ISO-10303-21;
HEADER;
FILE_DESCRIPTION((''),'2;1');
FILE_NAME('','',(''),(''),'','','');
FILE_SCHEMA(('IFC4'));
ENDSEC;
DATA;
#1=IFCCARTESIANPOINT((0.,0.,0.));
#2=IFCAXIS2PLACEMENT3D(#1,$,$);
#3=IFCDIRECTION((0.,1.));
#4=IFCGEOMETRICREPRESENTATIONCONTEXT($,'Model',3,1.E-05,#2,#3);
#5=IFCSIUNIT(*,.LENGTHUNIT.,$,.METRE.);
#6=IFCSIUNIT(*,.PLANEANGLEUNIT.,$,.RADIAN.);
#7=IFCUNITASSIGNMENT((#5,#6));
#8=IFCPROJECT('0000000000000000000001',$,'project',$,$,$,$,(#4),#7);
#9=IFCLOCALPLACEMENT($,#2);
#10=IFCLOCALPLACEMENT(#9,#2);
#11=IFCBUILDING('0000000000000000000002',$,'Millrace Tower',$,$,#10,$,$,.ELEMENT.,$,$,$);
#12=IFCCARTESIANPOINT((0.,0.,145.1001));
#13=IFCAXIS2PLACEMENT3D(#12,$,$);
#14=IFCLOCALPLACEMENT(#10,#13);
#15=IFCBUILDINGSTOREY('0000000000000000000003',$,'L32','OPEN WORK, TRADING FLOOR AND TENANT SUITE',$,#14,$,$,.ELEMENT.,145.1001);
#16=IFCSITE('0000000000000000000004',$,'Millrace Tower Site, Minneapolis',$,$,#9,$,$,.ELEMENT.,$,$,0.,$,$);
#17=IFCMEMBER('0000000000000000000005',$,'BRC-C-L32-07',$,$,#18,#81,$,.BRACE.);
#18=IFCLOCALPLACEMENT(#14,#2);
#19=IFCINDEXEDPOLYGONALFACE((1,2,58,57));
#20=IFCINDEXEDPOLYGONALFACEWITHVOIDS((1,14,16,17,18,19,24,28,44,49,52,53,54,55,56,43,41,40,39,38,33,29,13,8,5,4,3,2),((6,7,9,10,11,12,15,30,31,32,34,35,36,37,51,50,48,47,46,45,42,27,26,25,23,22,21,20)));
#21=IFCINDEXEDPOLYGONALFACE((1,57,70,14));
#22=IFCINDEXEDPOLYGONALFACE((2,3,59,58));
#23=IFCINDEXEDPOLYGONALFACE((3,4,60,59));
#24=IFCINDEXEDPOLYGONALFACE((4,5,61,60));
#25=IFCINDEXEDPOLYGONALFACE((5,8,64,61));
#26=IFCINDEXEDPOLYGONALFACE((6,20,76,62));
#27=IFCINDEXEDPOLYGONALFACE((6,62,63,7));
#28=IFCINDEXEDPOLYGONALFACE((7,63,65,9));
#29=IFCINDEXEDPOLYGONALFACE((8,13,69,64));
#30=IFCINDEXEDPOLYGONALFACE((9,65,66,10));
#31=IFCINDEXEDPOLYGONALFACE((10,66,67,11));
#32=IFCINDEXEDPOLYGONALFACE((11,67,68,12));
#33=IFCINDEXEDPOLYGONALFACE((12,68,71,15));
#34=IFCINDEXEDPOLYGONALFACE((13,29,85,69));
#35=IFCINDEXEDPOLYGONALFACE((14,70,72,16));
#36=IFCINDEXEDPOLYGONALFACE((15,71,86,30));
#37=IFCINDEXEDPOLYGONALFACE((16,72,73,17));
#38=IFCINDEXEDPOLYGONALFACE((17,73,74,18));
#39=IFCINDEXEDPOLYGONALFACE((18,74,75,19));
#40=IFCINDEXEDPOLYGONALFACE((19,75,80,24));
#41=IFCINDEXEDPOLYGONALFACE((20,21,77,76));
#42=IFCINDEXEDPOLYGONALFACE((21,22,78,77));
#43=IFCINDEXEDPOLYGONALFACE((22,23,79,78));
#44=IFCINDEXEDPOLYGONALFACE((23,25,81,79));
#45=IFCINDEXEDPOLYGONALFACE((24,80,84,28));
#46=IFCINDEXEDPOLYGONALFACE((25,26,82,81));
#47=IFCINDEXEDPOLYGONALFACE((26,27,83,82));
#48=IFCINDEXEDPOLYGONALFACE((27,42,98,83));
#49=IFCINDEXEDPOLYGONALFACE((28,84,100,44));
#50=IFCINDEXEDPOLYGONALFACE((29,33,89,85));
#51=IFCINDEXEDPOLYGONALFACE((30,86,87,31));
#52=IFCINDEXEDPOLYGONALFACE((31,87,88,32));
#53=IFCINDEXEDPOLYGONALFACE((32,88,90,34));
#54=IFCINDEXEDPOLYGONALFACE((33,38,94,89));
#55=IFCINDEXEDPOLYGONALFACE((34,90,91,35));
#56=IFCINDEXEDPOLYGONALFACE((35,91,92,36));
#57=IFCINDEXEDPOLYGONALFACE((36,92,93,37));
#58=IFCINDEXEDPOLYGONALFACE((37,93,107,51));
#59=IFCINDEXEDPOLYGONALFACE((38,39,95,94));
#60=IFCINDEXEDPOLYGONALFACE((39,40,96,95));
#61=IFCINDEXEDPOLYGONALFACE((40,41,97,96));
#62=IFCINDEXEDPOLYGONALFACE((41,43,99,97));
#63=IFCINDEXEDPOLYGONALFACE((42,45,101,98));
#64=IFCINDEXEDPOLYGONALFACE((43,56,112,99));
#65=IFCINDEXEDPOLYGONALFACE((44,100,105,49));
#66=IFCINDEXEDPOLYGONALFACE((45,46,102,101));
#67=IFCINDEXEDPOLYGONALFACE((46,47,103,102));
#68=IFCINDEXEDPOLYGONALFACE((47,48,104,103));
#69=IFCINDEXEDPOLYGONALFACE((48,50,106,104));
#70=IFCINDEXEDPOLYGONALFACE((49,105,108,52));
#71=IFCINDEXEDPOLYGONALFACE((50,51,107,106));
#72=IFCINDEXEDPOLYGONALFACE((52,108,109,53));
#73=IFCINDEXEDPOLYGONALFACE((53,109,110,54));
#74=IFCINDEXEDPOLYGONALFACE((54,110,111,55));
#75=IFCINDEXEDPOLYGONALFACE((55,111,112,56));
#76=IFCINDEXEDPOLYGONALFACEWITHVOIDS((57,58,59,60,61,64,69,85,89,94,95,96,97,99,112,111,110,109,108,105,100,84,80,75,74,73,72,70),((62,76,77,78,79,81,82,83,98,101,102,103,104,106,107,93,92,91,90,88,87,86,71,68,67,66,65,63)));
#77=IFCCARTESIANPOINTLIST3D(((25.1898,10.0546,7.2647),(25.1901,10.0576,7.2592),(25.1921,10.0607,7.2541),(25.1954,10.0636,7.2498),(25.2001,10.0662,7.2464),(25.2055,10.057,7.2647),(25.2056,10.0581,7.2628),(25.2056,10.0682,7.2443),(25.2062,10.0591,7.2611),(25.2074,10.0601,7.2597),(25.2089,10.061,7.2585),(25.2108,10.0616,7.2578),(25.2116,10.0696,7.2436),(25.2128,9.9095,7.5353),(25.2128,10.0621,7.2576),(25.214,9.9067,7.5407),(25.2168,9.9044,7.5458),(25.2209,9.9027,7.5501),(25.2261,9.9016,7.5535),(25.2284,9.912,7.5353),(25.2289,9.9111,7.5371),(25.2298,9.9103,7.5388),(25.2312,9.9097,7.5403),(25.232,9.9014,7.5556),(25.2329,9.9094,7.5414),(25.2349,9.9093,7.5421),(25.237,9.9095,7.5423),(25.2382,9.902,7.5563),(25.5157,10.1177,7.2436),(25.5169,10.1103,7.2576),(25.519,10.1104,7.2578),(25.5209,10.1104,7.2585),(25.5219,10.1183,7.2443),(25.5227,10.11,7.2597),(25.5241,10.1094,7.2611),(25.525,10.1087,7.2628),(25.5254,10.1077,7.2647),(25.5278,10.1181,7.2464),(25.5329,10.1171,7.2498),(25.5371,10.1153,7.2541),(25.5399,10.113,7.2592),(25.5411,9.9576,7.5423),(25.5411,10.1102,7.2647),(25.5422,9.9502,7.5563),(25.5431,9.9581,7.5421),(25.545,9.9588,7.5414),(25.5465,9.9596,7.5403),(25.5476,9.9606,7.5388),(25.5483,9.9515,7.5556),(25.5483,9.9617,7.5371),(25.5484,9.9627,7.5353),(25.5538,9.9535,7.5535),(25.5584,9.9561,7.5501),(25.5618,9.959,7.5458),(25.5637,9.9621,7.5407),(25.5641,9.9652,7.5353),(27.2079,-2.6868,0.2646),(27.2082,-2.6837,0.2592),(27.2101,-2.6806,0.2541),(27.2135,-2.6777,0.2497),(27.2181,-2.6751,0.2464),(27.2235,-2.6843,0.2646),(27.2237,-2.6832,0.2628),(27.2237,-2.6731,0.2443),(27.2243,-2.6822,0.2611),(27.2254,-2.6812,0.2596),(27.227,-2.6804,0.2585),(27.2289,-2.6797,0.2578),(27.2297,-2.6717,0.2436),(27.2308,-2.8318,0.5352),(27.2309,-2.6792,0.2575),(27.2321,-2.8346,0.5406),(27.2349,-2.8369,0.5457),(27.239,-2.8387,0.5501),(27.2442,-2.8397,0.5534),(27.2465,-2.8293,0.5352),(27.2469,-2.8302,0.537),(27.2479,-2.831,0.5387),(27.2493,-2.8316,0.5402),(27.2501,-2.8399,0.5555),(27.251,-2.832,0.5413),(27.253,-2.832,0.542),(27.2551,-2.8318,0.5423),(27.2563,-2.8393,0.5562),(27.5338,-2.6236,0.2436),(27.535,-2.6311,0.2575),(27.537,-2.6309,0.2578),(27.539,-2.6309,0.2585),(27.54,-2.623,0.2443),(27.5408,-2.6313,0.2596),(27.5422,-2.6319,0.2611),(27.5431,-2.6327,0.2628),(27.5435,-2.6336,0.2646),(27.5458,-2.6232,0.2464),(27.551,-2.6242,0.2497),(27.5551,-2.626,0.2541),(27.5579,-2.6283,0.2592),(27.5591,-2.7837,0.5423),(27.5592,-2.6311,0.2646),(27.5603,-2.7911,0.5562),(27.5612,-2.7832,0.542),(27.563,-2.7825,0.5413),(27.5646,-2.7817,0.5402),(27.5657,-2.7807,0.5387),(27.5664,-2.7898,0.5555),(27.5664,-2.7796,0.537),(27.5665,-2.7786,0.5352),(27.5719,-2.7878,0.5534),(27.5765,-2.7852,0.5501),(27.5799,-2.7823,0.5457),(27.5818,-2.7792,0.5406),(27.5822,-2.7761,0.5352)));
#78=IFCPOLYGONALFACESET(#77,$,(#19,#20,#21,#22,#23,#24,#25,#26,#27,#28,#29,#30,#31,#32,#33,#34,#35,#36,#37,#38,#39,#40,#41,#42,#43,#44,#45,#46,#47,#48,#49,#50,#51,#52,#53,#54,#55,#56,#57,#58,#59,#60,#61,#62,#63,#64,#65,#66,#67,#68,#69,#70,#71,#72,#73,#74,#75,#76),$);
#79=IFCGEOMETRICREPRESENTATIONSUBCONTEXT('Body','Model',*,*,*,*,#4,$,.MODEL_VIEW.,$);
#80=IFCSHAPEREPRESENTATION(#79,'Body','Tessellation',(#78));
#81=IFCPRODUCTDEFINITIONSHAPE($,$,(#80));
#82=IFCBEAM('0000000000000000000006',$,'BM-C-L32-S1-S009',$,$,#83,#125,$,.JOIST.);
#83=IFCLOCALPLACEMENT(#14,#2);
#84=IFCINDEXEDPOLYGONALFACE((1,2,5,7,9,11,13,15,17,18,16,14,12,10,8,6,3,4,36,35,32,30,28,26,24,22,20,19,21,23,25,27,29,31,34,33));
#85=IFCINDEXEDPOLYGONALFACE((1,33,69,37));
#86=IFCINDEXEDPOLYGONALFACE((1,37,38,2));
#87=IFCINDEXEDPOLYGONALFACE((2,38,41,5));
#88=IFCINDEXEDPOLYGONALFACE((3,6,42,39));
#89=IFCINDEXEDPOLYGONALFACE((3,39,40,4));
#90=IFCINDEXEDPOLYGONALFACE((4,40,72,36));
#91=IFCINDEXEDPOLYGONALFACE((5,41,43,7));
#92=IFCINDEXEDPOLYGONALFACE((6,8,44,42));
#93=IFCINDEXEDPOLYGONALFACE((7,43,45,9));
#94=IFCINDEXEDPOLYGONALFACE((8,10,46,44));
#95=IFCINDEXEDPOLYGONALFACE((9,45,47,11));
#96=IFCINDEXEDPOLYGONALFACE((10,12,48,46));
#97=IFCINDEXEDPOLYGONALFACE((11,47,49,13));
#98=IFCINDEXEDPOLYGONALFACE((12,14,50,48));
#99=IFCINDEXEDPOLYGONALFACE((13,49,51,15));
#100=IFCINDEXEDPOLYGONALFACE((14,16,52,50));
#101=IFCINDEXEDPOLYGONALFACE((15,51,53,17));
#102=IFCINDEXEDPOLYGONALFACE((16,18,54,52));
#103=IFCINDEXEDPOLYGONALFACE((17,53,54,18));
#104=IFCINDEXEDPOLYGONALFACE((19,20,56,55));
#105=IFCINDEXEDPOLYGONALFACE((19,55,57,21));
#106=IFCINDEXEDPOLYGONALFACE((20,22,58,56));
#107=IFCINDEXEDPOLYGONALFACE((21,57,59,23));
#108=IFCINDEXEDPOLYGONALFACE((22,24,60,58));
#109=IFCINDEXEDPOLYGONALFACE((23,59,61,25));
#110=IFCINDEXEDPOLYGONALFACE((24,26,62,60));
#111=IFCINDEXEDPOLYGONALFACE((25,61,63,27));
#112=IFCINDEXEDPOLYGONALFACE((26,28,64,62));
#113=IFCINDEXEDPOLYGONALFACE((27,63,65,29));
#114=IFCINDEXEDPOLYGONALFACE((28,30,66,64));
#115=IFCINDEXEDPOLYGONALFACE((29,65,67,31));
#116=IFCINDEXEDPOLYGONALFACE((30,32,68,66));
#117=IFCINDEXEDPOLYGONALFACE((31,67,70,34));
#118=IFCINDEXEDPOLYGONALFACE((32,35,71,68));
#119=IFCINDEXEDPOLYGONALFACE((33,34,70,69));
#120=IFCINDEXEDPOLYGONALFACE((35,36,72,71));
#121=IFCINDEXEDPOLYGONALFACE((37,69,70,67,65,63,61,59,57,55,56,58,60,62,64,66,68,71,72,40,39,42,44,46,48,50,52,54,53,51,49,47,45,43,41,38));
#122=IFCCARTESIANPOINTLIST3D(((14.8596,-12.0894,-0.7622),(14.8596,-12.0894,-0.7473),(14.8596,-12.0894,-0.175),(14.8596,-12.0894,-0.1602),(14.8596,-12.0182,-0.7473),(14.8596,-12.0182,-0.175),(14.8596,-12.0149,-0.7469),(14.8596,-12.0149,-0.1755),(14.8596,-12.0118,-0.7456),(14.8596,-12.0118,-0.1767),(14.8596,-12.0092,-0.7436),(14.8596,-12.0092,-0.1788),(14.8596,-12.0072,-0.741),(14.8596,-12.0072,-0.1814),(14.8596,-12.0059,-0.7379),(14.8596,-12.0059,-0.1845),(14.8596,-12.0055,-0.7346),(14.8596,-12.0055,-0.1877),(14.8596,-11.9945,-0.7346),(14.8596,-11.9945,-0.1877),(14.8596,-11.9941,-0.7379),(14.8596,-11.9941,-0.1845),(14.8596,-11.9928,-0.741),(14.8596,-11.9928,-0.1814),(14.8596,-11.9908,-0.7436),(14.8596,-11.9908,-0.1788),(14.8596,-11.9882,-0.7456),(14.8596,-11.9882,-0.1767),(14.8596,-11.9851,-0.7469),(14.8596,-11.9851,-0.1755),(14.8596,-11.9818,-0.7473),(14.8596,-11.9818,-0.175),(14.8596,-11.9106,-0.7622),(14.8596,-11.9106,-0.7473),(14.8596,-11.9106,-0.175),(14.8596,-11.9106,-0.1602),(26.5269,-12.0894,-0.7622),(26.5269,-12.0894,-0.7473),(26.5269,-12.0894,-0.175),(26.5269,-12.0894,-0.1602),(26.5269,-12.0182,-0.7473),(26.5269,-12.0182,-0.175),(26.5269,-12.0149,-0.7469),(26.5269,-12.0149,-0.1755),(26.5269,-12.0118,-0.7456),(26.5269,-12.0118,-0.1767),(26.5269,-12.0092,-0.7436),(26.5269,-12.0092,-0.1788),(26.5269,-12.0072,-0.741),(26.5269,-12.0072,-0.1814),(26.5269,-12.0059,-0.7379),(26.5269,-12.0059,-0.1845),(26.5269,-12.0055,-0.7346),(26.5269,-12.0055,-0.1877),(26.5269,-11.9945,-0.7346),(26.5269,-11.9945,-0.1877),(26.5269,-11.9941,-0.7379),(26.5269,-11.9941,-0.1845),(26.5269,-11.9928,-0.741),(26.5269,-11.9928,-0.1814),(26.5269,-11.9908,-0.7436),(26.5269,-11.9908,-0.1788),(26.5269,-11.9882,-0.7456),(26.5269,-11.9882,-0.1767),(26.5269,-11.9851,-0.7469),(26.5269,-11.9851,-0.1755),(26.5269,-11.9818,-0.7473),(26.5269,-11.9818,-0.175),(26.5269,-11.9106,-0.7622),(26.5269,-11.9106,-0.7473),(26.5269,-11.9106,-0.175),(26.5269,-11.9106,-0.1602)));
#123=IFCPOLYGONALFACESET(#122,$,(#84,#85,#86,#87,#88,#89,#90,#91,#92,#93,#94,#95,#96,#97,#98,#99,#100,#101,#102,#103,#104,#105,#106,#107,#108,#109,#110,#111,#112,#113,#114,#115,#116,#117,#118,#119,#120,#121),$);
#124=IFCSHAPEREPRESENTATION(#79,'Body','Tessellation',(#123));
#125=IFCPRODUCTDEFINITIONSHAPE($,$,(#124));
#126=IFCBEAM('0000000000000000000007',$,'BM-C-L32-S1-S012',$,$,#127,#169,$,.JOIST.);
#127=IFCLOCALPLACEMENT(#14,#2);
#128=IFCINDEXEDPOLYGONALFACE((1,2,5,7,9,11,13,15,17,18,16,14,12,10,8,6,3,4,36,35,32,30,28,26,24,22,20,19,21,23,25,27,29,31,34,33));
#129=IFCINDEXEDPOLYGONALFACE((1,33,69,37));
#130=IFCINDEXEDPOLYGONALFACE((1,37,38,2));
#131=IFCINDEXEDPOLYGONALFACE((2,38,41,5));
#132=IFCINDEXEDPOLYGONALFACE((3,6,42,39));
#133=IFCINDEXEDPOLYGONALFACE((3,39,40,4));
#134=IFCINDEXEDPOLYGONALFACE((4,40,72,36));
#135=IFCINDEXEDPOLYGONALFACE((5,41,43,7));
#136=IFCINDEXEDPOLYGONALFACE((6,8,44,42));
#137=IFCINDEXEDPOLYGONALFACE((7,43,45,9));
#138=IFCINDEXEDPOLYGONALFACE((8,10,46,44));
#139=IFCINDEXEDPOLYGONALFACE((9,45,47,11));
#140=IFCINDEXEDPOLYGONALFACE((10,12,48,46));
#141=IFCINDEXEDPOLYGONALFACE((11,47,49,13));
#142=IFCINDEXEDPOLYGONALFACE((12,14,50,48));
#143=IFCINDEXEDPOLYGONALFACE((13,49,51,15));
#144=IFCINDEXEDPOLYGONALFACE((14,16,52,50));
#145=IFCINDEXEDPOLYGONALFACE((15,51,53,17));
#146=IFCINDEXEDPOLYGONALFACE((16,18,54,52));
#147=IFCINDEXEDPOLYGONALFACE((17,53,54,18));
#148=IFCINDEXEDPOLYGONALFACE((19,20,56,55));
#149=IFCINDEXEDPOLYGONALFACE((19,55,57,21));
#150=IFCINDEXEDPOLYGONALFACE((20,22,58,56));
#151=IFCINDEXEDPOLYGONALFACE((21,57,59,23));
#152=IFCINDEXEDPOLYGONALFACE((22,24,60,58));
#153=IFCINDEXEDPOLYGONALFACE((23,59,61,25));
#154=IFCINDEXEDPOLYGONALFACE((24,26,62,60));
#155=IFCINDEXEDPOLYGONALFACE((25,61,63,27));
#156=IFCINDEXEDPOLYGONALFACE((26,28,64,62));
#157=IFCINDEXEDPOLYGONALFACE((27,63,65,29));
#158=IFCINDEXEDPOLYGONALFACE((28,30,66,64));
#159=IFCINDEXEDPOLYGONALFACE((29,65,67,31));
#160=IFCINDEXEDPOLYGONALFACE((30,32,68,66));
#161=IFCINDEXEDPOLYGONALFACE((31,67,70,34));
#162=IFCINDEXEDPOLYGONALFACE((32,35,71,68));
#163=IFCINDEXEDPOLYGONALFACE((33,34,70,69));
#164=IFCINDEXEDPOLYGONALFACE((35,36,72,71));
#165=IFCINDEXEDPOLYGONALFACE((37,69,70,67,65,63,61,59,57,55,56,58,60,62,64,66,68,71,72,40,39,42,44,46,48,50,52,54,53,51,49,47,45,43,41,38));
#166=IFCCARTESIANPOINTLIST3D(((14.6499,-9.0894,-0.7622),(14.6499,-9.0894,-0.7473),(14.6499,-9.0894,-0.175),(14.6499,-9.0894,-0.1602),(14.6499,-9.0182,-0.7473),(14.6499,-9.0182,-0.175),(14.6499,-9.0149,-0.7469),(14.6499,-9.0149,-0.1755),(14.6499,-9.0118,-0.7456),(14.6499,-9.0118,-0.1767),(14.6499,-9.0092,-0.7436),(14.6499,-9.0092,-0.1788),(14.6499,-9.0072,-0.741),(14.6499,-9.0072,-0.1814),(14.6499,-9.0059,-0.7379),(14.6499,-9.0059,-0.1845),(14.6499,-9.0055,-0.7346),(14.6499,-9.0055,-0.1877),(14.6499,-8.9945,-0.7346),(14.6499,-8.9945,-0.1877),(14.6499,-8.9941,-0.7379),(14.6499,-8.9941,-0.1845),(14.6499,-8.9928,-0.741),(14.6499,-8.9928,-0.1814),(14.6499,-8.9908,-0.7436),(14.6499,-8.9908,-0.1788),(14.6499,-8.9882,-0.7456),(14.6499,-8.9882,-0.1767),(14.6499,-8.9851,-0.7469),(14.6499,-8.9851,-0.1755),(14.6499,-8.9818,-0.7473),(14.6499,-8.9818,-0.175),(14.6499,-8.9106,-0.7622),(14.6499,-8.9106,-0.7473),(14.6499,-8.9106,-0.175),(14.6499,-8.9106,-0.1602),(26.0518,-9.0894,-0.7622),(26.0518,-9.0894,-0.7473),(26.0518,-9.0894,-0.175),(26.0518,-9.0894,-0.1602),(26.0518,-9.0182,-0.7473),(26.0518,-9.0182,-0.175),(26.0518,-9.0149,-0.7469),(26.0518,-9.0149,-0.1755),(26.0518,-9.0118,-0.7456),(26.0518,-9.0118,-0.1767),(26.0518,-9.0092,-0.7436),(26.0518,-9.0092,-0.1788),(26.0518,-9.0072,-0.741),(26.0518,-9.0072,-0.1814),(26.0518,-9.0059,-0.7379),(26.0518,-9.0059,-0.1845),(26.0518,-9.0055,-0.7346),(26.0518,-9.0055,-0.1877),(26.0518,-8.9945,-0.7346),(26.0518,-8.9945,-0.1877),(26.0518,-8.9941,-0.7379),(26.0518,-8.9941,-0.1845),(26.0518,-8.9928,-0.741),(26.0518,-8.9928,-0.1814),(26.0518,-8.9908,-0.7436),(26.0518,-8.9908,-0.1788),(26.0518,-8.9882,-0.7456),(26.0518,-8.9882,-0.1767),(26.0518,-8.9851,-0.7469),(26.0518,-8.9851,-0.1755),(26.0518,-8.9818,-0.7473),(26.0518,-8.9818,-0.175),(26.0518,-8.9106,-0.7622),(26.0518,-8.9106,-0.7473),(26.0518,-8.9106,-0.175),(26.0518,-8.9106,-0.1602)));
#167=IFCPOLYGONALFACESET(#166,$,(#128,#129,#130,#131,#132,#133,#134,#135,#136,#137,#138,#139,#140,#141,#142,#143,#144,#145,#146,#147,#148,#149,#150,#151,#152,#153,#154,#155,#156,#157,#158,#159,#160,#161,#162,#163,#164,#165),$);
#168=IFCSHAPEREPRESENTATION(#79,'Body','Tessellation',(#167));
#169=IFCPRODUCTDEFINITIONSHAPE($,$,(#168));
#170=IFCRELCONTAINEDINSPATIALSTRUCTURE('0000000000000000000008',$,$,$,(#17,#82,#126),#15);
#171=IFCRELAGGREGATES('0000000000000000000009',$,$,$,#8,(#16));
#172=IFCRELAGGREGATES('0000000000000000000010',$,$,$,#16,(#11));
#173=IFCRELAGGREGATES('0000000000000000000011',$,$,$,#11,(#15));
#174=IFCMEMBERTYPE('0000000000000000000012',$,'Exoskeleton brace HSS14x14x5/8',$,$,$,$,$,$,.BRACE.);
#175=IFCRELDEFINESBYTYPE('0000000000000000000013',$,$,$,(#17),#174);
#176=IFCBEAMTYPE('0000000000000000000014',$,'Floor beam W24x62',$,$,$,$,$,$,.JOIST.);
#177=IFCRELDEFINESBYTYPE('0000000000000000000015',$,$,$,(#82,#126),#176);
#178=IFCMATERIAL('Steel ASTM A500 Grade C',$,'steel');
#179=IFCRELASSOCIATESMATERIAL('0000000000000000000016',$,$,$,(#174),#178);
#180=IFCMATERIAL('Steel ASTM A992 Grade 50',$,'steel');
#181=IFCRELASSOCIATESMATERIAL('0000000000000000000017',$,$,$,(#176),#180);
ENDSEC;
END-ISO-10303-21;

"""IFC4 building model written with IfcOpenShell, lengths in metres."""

from ifc_helpers import new_model, si_unit, direction, frame, origin, origin_2d, place, context, subcontext, project, spatial, hollow_rectangle, i_section, extrude, material, material_profile, profile_set, type_object, element, save


model = new_model("IFC4")

# Units and contexts
model_context = context("Model", 3, precision=1e-05, world=origin(), true_north=direction((0.0, 1.0)))
body_context = subcontext(model_context, "Body", "Model", "MODEL_VIEW")
ifc_project = project(units=[si_unit("LENGTHUNIT", "METRE"), si_unit("PLANEANGLEUNIT", "RADIAN")], contexts=[model_context])

# Site, building, storey
site_placement = place(None, origin())
site = spatial("IfcSite", under=ifc_project, at=site_placement, Name="Millrace Tower Site, Minneapolis", CompositionType="ELEMENT", RefElevation=0.0)
building_placement = place(site_placement, origin())
building = spatial("IfcBuilding", under=site, at=building_placement, Name="Millrace Tower", CompositionType="ELEMENT")
storey_placement = place(building_placement, frame((0.0, 0.0, 145.1001)))
storey = spatial("IfcBuildingStorey", under=building, at=storey_placement, Name="L32", Description="OPEN WORK, TRADING FLOOR AND TENANT SUITE", CompositionType="ELEMENT", Elevation=145.1001)

# Member
ifc_material_1 = material(Name="Steel ASTM A500 Grade C", Category="steel")
ifc_material_profile_1 = material_profile(ifc_material_1, hollow_rectangle(XDim=0.3557, YDim=0.3557, WallThickness=0.0159, InnerFilletRadius=0.0081, OuterFilletRadius=0.0239, at=origin_2d()))
ifc_profile_set_1 = profile_set([ifc_material_profile_1], Name="Steel ASTM A500 Grade C")
member_type_1 = type_object("IfcMemberType", Name="Exoskeleton brace HSS14x14x5/8", PredefinedType="BRACE", material=ifc_profile_set_1)
member_1_placement = place(storey_placement, frame((27.395, -2.7314, 0.3999), z_axis=(-0.1375, 0.868114, 0.47694), x_axis=(-0.987688, -0.156439, 0.0)))
element("IfcMember", 1, at=member_1_placement, inside=storey, type_object=member_type_1, Name="BRC-C-L32-07", PredefinedType="BRACE", context=body_context, shape_type="SweptSolid", body=[
    extrude(hollow_rectangle(XDim=0.3557, YDim=0.3557, WallThickness=0.0159, InnerFilletRadius=0.0081, OuterFilletRadius=0.0239, at=origin_2d()), origin(), (0.0, 0.0, 1.0), 14.677),
])

# Beams
ifc_material_2 = material(Name="Steel ASTM A992 Grade 50", Category="steel")
ifc_material_profile_2 = material_profile(ifc_material_2, i_section(OverallWidth=0.1787, OverallDepth=0.6021, WebThickness=0.011, FlangeThickness=0.0149, FilletRadius=0.0127, at=origin_2d()))
ifc_profile_set_2 = profile_set([ifc_material_profile_2], Name="Steel ASTM A992 Grade 50")
beam_type_1 = type_object("IfcBeamType", Name="Floor beam W24x62", PredefinedType="JOIST", material=ifc_profile_set_2)
beam_1_placement = place(storey_placement, frame((14.8596, -12.0, -0.4612), z_axis=(1.0, 0.0, 0.0), x_axis=(0.0, 1.0, 0.0)))
element("IfcBeam", 2, at=beam_1_placement, inside=storey, type_object=beam_type_1, Name="BM-C-L32-S1-S009", PredefinedType="JOIST", context=body_context, shape_type="SweptSolid", body=[
    extrude(i_section(OverallWidth=0.1787, OverallDepth=0.6021, WebThickness=0.011, FlangeThickness=0.0149, FilletRadius=0.0127, at=origin_2d()), origin(), (0.0, 0.0, 1.0), 11.6672),
])
beam_2_placement = place(storey_placement, frame((14.6499, -9.0, -0.4612), z_axis=(1.0, 0.0, 0.0), x_axis=(0.0, 1.0, 0.0)))
element("IfcBeam", 3, at=beam_2_placement, inside=storey, type_object=beam_type_1, Name="BM-C-L32-S1-S012", PredefinedType="JOIST", context=body_context, shape_type="SweptSolid", body=[
    extrude(i_section(OverallWidth=0.1787, OverallDepth=0.6021, WebThickness=0.011, FlangeThickness=0.0149, FilletRadius=0.0127, at=origin_2d()), origin(), (0.0, 0.0, 1.0), 11.4019),
])

save(model, "model.ifc")
